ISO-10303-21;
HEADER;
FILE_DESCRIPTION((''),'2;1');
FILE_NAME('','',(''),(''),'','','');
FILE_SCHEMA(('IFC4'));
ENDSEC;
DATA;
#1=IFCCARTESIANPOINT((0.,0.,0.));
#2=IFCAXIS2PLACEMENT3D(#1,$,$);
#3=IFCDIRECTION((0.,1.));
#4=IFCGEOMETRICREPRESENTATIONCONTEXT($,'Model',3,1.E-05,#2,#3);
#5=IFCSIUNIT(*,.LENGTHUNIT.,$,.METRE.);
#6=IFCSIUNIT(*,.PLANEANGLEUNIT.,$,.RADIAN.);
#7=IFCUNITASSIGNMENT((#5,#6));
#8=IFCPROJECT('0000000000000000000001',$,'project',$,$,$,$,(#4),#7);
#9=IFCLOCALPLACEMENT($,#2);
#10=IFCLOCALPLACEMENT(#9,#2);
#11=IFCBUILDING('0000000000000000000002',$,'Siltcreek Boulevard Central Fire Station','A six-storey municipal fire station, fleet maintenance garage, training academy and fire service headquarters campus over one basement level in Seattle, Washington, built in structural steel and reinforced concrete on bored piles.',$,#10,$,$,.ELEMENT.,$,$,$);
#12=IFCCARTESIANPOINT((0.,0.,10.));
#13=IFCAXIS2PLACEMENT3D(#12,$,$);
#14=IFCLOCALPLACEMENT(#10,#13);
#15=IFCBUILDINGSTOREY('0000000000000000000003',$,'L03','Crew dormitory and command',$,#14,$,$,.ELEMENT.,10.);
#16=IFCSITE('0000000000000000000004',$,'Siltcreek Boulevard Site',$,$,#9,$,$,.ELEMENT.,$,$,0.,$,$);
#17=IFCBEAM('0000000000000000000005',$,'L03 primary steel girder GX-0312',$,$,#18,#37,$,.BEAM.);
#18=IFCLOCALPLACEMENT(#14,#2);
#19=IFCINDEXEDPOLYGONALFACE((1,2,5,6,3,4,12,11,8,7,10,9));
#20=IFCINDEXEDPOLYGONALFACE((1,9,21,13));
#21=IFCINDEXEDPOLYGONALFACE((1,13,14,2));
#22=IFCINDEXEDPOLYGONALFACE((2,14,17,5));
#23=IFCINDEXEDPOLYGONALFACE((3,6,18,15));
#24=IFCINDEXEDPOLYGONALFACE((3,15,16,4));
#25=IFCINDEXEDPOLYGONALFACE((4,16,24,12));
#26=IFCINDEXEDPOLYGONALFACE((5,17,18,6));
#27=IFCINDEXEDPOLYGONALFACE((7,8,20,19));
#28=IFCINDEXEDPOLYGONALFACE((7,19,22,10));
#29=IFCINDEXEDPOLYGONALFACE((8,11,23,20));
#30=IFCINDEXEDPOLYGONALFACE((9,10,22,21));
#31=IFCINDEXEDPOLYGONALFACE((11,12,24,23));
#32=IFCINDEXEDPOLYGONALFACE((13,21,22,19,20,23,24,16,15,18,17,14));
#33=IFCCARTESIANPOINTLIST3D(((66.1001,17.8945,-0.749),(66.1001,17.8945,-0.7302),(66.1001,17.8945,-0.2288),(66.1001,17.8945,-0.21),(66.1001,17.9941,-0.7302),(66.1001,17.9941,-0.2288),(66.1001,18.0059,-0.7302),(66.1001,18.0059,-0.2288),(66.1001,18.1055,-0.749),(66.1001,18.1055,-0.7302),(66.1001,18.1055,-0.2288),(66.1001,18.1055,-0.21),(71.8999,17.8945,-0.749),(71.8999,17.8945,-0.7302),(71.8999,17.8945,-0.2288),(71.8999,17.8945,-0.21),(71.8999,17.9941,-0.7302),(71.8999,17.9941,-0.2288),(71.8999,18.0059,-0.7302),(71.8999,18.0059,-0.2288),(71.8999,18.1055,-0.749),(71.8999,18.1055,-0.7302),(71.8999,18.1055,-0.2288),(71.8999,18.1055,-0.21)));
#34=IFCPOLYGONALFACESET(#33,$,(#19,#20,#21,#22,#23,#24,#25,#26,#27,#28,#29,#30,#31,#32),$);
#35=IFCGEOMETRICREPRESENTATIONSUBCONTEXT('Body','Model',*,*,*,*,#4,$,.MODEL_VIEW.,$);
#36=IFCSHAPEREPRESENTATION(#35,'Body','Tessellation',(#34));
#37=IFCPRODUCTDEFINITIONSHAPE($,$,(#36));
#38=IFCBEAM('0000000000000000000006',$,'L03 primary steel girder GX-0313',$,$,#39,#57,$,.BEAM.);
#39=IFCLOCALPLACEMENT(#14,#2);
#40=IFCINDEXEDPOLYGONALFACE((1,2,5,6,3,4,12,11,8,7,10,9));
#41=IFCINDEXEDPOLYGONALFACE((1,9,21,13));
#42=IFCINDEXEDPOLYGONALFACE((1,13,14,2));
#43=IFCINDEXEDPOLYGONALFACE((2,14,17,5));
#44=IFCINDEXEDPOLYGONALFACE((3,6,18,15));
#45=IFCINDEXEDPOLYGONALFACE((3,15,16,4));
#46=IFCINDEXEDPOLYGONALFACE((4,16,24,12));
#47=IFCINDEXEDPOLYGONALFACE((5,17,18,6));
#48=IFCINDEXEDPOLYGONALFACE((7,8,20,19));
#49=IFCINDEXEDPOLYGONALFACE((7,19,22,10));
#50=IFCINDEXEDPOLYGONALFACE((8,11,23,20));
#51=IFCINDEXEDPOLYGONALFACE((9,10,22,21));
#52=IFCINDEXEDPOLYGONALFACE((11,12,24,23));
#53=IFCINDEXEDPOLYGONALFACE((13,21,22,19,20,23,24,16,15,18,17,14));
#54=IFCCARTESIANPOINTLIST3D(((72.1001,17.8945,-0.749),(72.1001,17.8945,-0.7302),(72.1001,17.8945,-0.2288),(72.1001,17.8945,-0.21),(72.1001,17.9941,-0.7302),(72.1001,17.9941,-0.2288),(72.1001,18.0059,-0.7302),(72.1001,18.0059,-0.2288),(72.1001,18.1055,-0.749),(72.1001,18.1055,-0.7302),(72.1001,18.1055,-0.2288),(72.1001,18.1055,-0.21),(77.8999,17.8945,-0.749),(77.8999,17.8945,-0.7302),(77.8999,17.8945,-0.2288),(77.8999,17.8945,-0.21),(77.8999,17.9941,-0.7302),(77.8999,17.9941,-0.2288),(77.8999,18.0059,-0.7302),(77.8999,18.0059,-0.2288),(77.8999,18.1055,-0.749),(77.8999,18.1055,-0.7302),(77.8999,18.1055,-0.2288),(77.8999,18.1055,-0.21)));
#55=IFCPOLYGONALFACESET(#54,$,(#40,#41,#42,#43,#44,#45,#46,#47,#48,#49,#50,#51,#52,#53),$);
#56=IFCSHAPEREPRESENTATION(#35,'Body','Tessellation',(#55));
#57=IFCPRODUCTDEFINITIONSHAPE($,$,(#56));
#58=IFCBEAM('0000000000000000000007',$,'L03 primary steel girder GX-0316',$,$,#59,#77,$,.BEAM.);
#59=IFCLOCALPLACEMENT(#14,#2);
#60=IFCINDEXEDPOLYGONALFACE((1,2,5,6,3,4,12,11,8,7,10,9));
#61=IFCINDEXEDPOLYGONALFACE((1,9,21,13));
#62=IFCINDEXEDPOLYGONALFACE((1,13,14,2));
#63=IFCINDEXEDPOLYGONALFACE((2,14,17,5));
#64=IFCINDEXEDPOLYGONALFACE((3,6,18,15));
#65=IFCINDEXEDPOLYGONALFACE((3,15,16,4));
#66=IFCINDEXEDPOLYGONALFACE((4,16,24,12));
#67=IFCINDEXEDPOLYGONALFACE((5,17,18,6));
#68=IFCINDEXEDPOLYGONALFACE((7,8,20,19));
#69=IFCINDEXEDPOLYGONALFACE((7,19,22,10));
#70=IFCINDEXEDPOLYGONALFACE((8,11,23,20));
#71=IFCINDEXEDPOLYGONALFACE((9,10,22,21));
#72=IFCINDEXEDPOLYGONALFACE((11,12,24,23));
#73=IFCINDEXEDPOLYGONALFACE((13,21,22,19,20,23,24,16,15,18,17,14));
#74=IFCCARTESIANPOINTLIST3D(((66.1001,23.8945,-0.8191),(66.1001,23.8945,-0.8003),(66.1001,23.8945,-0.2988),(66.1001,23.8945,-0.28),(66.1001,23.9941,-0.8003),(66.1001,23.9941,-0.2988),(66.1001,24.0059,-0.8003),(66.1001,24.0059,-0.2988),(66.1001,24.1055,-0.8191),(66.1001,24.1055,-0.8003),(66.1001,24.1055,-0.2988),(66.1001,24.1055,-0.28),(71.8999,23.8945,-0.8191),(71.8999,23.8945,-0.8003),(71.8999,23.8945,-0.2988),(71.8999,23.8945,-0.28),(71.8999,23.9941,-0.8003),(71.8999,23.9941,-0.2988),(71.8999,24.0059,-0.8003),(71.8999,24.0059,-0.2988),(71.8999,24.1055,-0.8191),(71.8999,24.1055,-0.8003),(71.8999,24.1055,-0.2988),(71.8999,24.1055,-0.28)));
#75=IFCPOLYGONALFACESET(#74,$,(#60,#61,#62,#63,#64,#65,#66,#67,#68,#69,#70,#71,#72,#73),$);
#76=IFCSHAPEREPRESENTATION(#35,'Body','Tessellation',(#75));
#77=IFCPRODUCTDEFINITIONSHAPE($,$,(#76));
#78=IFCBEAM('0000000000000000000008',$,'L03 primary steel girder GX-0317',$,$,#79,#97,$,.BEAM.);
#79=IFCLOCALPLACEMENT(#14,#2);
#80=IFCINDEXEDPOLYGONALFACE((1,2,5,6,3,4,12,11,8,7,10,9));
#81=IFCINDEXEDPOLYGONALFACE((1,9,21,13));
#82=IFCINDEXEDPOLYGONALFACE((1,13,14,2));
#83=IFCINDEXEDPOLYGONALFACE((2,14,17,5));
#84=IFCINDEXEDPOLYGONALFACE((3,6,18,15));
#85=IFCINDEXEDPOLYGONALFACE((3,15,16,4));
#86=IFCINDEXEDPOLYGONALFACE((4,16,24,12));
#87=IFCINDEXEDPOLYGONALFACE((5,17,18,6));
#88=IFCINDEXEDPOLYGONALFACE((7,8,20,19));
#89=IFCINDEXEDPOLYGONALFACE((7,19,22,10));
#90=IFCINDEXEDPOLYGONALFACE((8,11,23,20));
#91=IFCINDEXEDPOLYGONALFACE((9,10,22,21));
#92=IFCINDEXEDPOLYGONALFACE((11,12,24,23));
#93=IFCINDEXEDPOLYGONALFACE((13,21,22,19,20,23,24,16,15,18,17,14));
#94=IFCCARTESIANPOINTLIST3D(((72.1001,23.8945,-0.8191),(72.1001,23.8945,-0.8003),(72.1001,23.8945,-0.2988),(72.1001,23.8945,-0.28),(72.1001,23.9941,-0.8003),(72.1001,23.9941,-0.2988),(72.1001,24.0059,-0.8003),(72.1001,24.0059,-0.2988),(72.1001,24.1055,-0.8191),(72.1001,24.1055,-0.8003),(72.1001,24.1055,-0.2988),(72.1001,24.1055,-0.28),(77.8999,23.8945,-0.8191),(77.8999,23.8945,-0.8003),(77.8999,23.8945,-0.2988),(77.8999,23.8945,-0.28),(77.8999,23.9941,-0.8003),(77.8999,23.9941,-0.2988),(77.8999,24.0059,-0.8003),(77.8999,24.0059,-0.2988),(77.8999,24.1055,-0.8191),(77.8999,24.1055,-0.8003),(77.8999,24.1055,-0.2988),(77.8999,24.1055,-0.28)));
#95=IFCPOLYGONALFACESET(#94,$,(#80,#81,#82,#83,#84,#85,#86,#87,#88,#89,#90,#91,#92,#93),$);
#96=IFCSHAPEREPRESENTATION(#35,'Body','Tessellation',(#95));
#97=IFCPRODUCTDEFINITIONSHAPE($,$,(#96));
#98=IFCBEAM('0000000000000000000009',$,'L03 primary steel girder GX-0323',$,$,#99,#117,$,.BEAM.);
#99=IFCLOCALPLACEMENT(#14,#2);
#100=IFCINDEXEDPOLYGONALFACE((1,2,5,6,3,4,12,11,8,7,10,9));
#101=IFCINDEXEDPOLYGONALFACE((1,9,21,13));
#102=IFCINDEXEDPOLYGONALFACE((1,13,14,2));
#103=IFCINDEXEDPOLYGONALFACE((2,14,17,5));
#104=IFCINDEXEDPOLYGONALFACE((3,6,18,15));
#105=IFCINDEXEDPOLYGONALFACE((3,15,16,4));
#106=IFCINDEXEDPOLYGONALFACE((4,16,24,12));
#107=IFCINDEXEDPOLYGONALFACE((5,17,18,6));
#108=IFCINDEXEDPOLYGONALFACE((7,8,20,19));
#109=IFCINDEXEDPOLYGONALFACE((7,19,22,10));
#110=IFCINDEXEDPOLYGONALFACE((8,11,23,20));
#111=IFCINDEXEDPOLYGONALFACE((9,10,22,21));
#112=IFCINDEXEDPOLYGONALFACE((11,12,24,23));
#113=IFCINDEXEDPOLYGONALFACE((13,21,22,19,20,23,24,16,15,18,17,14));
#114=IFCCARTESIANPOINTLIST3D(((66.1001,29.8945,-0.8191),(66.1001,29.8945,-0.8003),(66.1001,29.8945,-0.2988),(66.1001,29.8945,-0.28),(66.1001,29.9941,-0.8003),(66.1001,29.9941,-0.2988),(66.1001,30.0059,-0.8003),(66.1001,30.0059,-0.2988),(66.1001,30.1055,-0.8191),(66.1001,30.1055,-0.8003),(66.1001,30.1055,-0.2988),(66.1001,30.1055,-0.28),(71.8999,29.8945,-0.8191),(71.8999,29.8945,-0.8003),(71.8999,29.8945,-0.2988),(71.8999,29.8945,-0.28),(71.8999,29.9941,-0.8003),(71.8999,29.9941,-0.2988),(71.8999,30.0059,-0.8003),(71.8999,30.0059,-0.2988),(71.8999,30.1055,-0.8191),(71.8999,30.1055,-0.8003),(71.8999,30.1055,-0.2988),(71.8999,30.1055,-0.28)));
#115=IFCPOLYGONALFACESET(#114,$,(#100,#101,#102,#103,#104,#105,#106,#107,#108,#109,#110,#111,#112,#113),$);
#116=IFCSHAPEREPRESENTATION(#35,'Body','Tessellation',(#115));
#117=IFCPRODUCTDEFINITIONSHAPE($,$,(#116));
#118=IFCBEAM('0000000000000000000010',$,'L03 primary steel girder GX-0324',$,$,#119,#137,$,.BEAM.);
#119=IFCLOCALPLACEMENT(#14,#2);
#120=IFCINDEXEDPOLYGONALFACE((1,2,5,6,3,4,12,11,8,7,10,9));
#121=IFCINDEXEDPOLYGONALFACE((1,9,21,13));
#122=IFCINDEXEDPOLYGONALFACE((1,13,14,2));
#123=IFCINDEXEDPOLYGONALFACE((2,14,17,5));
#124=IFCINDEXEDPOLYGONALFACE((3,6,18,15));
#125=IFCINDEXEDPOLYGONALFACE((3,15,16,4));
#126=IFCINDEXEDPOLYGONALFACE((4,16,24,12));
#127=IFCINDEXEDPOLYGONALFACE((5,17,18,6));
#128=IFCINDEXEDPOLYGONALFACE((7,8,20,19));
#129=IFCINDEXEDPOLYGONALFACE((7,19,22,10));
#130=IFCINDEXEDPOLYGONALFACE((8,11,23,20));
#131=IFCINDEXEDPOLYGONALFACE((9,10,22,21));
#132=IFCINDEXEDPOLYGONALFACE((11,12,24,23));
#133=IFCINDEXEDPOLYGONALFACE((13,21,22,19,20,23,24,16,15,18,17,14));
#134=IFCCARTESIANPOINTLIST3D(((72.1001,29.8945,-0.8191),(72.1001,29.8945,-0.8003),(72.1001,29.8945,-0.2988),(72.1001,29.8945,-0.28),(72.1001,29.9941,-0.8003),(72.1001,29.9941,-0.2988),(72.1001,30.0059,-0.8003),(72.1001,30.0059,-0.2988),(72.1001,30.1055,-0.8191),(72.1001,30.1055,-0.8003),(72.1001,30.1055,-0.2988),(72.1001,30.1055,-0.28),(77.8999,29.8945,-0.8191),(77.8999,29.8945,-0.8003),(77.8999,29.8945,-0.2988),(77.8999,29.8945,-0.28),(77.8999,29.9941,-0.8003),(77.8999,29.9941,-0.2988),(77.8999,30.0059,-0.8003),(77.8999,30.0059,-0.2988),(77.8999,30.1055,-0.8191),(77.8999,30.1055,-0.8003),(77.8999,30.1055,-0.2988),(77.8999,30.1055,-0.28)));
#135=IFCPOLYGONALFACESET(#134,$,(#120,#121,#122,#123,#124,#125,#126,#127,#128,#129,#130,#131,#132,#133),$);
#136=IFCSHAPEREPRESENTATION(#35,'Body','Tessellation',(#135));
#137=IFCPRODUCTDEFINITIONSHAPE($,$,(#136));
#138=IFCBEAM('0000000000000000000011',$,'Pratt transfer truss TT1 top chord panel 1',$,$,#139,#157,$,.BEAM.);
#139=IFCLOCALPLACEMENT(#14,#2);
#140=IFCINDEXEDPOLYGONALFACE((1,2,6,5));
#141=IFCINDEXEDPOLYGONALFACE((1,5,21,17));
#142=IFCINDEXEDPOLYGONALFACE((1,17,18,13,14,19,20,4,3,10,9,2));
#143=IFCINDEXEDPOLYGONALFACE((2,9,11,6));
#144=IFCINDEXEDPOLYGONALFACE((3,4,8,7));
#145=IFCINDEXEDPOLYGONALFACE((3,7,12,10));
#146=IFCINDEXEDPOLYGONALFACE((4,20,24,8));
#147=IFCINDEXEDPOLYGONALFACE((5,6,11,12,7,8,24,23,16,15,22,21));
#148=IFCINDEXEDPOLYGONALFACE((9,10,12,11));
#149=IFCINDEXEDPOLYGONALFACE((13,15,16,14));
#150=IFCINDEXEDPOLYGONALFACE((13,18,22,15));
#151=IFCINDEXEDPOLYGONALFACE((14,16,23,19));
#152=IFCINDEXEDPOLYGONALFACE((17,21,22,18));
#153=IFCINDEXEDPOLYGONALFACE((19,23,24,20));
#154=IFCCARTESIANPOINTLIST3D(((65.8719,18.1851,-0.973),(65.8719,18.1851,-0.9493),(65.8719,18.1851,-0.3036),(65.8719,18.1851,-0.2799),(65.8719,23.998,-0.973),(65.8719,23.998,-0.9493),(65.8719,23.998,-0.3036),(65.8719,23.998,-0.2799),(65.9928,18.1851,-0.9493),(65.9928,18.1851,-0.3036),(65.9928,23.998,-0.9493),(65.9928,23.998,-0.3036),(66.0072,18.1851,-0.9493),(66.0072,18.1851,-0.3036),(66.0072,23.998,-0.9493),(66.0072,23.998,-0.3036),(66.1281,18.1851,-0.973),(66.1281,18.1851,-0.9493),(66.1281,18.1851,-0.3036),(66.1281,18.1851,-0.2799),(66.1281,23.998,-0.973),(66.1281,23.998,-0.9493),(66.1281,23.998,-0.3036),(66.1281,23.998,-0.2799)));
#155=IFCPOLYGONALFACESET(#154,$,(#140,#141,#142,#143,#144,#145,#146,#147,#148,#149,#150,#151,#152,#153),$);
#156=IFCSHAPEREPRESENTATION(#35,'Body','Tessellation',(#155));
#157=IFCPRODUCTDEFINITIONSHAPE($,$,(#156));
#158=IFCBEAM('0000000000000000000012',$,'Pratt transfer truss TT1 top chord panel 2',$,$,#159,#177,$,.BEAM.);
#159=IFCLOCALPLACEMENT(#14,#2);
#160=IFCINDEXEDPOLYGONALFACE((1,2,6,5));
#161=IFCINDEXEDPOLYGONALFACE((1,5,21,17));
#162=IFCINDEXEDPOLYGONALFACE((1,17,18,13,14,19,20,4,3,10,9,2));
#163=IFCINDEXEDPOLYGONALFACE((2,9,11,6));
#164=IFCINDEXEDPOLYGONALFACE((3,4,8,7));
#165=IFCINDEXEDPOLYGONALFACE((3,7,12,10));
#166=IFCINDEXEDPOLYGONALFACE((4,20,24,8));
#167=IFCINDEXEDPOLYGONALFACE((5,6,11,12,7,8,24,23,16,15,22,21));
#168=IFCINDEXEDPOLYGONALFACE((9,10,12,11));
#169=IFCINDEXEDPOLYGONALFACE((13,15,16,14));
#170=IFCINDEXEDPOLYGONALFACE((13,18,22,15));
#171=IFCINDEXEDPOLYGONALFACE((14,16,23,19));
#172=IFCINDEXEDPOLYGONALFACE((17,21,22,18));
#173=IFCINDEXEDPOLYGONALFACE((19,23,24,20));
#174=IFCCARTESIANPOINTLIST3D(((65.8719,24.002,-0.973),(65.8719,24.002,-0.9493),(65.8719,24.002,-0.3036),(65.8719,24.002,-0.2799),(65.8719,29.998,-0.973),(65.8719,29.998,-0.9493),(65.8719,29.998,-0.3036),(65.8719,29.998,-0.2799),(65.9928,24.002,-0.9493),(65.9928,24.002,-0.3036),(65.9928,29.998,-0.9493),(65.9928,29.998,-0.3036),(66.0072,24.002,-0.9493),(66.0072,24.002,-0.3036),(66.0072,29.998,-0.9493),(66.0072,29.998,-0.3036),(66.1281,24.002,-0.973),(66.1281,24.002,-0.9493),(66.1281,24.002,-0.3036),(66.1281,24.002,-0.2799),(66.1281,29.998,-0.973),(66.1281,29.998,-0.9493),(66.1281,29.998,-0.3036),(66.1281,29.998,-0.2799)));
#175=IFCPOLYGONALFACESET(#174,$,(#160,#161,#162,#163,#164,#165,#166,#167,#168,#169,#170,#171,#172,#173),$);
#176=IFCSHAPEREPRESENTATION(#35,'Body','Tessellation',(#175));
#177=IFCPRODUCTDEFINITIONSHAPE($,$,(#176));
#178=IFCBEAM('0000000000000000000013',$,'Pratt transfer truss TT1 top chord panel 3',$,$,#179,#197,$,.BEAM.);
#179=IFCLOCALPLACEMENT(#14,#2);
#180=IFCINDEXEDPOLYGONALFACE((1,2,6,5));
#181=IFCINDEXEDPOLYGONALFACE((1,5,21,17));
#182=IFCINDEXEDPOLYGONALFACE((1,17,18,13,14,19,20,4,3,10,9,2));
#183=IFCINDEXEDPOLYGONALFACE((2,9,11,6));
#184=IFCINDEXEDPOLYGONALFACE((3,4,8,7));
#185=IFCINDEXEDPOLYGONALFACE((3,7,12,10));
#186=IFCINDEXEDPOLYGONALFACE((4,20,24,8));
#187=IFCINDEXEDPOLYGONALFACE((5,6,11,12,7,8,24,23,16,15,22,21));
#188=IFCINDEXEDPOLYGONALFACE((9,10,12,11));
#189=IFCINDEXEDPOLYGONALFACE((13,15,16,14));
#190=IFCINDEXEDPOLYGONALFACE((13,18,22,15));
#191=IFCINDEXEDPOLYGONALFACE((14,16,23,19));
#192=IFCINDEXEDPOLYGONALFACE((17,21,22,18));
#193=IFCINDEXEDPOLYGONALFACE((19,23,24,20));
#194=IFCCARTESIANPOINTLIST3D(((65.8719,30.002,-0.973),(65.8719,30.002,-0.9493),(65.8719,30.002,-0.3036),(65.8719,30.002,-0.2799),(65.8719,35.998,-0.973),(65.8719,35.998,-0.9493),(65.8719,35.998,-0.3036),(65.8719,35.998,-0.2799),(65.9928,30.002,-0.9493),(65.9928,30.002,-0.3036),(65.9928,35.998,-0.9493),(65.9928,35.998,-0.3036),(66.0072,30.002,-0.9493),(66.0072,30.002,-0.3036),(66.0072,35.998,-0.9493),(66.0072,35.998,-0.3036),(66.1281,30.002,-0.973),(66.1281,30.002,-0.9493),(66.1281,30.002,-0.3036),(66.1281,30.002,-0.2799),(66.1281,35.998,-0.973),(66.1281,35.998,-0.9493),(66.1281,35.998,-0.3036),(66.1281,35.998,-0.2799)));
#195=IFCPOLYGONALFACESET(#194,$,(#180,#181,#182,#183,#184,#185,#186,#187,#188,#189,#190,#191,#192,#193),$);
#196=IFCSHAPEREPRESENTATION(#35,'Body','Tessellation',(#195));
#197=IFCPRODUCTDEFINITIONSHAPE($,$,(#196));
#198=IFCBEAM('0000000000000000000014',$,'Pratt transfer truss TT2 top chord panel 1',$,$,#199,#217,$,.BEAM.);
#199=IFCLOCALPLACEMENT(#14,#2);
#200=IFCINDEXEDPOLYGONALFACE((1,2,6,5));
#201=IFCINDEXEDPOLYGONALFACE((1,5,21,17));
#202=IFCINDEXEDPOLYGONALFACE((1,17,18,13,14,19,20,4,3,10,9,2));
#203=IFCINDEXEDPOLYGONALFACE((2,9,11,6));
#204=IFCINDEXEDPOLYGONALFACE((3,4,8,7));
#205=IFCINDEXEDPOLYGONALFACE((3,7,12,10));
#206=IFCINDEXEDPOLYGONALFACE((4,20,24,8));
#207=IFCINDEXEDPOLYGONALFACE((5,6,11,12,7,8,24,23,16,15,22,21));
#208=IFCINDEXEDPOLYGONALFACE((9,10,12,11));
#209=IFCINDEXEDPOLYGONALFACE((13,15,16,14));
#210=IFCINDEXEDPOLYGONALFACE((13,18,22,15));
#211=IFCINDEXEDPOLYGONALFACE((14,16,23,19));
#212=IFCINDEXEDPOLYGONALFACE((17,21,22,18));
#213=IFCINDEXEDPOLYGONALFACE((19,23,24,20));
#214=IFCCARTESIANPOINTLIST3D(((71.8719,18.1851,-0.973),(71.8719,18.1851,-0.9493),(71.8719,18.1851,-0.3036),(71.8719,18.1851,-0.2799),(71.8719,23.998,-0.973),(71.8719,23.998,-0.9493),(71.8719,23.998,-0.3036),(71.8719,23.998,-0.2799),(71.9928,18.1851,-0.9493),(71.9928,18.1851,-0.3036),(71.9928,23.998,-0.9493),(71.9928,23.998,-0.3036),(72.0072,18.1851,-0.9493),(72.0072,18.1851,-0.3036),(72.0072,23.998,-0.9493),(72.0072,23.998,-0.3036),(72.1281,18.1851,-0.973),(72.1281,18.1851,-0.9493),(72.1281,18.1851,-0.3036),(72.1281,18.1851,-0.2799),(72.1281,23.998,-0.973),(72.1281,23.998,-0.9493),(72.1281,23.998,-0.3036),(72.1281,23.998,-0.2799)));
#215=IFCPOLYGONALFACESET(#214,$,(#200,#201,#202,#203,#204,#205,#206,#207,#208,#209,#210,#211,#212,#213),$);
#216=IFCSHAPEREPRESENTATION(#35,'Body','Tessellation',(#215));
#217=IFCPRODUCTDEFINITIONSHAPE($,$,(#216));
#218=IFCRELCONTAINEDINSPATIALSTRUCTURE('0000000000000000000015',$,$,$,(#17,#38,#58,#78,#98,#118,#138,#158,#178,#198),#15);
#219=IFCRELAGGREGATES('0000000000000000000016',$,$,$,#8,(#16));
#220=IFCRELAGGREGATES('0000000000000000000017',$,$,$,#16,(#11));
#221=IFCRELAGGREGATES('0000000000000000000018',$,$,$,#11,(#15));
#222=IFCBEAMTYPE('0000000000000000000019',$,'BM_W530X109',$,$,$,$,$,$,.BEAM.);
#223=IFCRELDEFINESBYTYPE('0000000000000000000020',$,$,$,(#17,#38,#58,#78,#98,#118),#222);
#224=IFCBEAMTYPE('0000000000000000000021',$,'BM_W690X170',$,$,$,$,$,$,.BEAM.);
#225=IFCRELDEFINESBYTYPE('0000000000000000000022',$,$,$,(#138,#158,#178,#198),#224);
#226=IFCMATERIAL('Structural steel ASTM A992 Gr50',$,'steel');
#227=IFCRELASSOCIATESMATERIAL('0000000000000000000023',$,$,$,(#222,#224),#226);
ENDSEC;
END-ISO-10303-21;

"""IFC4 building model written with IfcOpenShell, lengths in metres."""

from ifc_helpers import new_model, si_unit, direction, frame, origin, origin_2d, place, context, subcontext, project, spatial, i_section, extrude, material, material_profile, profile_set, type_object, element, save


model = new_model("IFC4")

# Units and contexts
model_context = context("Model", 3, precision=1e-05, world=origin(), true_north=direction((0.0, 1.0)))
body_context = subcontext(model_context, "Body", "Model", "MODEL_VIEW")
ifc_project = project(units=[si_unit("LENGTHUNIT", "METRE"), si_unit("PLANEANGLEUNIT", "RADIAN")], contexts=[model_context])

# Site, building, storey
site_placement = place(None, origin())
site = spatial("IfcSite", under=ifc_project, at=site_placement, Name="Siltcreek Boulevard Site", CompositionType="ELEMENT", RefElevation=0.0)
building_placement = place(site_placement, origin())
building = spatial("IfcBuilding", under=site, at=building_placement, Name="Siltcreek Boulevard Central Fire Station", Description="A six-storey municipal fire station, fleet maintenance garage, training academy and fire service headquarters campus over one basement level in Seattle, Washington, built in structural steel and reinforced concrete on bored piles.", CompositionType="ELEMENT")
storey_placement = place(building_placement, frame((0.0, 0.0, 10.0)))
storey = spatial("IfcBuildingStorey", under=building, at=storey_placement, Name="L03", Description="Crew dormitory and command", CompositionType="ELEMENT", Elevation=10.0)

# Beams
ifc_material_1 = material(Name="Structural steel ASTM A992 Gr50", Category="steel")
ifc_material_profile_1 = material_profile(ifc_material_1, i_section(OverallWidth=0.2109, OverallDepth=0.5391, WebThickness=0.0117, FlangeThickness=0.0188, at=origin_2d()), Name="W530X109")
ifc_profile_set_1 = profile_set([ifc_material_profile_1], Name="Structural steel ASTM A992 Gr50")
beam_type_1 = type_object("IfcBeamType", Name="BM_W530X109", PredefinedType="BEAM", material=ifc_profile_set_1)
for number, where, z_axis, x_axis, name in (
    (1, (66.1001, 18.0, -0.4795), (1.0, 0.0, 0.0), (0.0, 1.0, 0.0), "L03 primary steel girder GX-0312"),
    (2, (72.1001, 18.0, -0.4795), (1.0, 0.0, 0.0), (0.0, 1.0, 0.0), "L03 primary steel girder GX-0313"),
    (3, (66.1001, 24.0, -0.5496), (1.0, 0.0, 0.0), (0.0, 1.0, 0.0), "L03 primary steel girder GX-0316"),
    (4, (72.1001, 24.0, -0.5496), (1.0, 0.0, 0.0), (0.0, 1.0, 0.0), "L03 primary steel girder GX-0317"),
    (5, (66.1001, 30.0, -0.5496), (1.0, 0.0, 0.0), (0.0, 1.0, 0.0), "L03 primary steel girder GX-0323"),
    (6, (72.1001, 30.0, -0.5496), (1.0, 0.0, 0.0), (0.0, 1.0, 0.0), "L03 primary steel girder GX-0324"),
):
    element("IfcBeam", number, at=place(storey_placement, frame(where, z_axis=z_axis, x_axis=x_axis)), inside=storey, type_object=beam_type_1, Name=name, PredefinedType="BEAM", context=body_context, shape_type="SweptSolid", body=[
        extrude(i_section(OverallWidth=0.2109, OverallDepth=0.5391, WebThickness=0.0117, FlangeThickness=0.0188, at=origin_2d()), origin(), (0.0, 0.0, 1.0), 5.7998),
    ])
ifc_material_profile_2 = material_profile(ifc_material_1, i_section(OverallWidth=0.2561, OverallDepth=0.6931, WebThickness=0.0144, FlangeThickness=0.0237, at=origin_2d()), Name="W690X170")
ifc_profile_set_2 = profile_set([ifc_material_profile_2], Name="Structural steel ASTM A992 Gr50")
beam_type_2 = type_object("IfcBeamType", Name="BM_W690X170", PredefinedType="BEAM", material=ifc_profile_set_2)
beam_1_placement = place(storey_placement, frame((66.0, 18.1851, -0.6265), z_axis=(0.0, 1.0, 0.0), x_axis=(-1.0, 0.0, 0.0)))
element("IfcBeam", 7, at=beam_1_placement, inside=storey, type_object=beam_type_2, Name="Pratt transfer truss TT1 top chord panel 1", PredefinedType="BEAM", context=body_context, shape_type="SweptSolid", body=[
    extrude(i_section(OverallWidth=0.2561, OverallDepth=0.6931, WebThickness=0.0144, FlangeThickness=0.0237, at=origin_2d()), origin(), (0.0, 0.0, 1.0), 5.813),
])
for number, where, z_axis, x_axis, name in (
    (8, (66.0, 24.002, -0.6265), (0.0, 1.0, 0.0), (-1.0, 0.0, 0.0), "Pratt transfer truss TT1 top chord panel 2"),
    (9, (66.0, 30.002, -0.6265), (0.0, 1.0, 0.0), (-1.0, 0.0, 0.0), "Pratt transfer truss TT1 top chord panel 3"),
):
    element("IfcBeam", number, at=place(storey_placement, frame(where, z_axis=z_axis, x_axis=x_axis)), inside=storey, type_object=beam_type_2, Name=name, PredefinedType="BEAM", context=body_context, shape_type="SweptSolid", body=[
        extrude(i_section(OverallWidth=0.2561, OverallDepth=0.6931, WebThickness=0.0144, FlangeThickness=0.0237, at=origin_2d()), origin(), (0.0, 0.0, 1.0), 5.9961),
    ])
beam_2_placement = place(storey_placement, frame((72.0, 18.1851, -0.6265), z_axis=(0.0, 1.0, 0.0), x_axis=(-1.0, 0.0, 0.0)))
element("IfcBeam", 10, at=beam_2_placement, inside=storey, type_object=beam_type_2, Name="Pratt transfer truss TT2 top chord panel 1", PredefinedType="BEAM", context=body_context, shape_type="SweptSolid", body=[
    extrude(i_section(OverallWidth=0.2561, OverallDepth=0.6931, WebThickness=0.0144, FlangeThickness=0.0237, at=origin_2d()), origin(), (0.0, 0.0, 1.0), 5.813),
])

save(model, "model.ifc")
